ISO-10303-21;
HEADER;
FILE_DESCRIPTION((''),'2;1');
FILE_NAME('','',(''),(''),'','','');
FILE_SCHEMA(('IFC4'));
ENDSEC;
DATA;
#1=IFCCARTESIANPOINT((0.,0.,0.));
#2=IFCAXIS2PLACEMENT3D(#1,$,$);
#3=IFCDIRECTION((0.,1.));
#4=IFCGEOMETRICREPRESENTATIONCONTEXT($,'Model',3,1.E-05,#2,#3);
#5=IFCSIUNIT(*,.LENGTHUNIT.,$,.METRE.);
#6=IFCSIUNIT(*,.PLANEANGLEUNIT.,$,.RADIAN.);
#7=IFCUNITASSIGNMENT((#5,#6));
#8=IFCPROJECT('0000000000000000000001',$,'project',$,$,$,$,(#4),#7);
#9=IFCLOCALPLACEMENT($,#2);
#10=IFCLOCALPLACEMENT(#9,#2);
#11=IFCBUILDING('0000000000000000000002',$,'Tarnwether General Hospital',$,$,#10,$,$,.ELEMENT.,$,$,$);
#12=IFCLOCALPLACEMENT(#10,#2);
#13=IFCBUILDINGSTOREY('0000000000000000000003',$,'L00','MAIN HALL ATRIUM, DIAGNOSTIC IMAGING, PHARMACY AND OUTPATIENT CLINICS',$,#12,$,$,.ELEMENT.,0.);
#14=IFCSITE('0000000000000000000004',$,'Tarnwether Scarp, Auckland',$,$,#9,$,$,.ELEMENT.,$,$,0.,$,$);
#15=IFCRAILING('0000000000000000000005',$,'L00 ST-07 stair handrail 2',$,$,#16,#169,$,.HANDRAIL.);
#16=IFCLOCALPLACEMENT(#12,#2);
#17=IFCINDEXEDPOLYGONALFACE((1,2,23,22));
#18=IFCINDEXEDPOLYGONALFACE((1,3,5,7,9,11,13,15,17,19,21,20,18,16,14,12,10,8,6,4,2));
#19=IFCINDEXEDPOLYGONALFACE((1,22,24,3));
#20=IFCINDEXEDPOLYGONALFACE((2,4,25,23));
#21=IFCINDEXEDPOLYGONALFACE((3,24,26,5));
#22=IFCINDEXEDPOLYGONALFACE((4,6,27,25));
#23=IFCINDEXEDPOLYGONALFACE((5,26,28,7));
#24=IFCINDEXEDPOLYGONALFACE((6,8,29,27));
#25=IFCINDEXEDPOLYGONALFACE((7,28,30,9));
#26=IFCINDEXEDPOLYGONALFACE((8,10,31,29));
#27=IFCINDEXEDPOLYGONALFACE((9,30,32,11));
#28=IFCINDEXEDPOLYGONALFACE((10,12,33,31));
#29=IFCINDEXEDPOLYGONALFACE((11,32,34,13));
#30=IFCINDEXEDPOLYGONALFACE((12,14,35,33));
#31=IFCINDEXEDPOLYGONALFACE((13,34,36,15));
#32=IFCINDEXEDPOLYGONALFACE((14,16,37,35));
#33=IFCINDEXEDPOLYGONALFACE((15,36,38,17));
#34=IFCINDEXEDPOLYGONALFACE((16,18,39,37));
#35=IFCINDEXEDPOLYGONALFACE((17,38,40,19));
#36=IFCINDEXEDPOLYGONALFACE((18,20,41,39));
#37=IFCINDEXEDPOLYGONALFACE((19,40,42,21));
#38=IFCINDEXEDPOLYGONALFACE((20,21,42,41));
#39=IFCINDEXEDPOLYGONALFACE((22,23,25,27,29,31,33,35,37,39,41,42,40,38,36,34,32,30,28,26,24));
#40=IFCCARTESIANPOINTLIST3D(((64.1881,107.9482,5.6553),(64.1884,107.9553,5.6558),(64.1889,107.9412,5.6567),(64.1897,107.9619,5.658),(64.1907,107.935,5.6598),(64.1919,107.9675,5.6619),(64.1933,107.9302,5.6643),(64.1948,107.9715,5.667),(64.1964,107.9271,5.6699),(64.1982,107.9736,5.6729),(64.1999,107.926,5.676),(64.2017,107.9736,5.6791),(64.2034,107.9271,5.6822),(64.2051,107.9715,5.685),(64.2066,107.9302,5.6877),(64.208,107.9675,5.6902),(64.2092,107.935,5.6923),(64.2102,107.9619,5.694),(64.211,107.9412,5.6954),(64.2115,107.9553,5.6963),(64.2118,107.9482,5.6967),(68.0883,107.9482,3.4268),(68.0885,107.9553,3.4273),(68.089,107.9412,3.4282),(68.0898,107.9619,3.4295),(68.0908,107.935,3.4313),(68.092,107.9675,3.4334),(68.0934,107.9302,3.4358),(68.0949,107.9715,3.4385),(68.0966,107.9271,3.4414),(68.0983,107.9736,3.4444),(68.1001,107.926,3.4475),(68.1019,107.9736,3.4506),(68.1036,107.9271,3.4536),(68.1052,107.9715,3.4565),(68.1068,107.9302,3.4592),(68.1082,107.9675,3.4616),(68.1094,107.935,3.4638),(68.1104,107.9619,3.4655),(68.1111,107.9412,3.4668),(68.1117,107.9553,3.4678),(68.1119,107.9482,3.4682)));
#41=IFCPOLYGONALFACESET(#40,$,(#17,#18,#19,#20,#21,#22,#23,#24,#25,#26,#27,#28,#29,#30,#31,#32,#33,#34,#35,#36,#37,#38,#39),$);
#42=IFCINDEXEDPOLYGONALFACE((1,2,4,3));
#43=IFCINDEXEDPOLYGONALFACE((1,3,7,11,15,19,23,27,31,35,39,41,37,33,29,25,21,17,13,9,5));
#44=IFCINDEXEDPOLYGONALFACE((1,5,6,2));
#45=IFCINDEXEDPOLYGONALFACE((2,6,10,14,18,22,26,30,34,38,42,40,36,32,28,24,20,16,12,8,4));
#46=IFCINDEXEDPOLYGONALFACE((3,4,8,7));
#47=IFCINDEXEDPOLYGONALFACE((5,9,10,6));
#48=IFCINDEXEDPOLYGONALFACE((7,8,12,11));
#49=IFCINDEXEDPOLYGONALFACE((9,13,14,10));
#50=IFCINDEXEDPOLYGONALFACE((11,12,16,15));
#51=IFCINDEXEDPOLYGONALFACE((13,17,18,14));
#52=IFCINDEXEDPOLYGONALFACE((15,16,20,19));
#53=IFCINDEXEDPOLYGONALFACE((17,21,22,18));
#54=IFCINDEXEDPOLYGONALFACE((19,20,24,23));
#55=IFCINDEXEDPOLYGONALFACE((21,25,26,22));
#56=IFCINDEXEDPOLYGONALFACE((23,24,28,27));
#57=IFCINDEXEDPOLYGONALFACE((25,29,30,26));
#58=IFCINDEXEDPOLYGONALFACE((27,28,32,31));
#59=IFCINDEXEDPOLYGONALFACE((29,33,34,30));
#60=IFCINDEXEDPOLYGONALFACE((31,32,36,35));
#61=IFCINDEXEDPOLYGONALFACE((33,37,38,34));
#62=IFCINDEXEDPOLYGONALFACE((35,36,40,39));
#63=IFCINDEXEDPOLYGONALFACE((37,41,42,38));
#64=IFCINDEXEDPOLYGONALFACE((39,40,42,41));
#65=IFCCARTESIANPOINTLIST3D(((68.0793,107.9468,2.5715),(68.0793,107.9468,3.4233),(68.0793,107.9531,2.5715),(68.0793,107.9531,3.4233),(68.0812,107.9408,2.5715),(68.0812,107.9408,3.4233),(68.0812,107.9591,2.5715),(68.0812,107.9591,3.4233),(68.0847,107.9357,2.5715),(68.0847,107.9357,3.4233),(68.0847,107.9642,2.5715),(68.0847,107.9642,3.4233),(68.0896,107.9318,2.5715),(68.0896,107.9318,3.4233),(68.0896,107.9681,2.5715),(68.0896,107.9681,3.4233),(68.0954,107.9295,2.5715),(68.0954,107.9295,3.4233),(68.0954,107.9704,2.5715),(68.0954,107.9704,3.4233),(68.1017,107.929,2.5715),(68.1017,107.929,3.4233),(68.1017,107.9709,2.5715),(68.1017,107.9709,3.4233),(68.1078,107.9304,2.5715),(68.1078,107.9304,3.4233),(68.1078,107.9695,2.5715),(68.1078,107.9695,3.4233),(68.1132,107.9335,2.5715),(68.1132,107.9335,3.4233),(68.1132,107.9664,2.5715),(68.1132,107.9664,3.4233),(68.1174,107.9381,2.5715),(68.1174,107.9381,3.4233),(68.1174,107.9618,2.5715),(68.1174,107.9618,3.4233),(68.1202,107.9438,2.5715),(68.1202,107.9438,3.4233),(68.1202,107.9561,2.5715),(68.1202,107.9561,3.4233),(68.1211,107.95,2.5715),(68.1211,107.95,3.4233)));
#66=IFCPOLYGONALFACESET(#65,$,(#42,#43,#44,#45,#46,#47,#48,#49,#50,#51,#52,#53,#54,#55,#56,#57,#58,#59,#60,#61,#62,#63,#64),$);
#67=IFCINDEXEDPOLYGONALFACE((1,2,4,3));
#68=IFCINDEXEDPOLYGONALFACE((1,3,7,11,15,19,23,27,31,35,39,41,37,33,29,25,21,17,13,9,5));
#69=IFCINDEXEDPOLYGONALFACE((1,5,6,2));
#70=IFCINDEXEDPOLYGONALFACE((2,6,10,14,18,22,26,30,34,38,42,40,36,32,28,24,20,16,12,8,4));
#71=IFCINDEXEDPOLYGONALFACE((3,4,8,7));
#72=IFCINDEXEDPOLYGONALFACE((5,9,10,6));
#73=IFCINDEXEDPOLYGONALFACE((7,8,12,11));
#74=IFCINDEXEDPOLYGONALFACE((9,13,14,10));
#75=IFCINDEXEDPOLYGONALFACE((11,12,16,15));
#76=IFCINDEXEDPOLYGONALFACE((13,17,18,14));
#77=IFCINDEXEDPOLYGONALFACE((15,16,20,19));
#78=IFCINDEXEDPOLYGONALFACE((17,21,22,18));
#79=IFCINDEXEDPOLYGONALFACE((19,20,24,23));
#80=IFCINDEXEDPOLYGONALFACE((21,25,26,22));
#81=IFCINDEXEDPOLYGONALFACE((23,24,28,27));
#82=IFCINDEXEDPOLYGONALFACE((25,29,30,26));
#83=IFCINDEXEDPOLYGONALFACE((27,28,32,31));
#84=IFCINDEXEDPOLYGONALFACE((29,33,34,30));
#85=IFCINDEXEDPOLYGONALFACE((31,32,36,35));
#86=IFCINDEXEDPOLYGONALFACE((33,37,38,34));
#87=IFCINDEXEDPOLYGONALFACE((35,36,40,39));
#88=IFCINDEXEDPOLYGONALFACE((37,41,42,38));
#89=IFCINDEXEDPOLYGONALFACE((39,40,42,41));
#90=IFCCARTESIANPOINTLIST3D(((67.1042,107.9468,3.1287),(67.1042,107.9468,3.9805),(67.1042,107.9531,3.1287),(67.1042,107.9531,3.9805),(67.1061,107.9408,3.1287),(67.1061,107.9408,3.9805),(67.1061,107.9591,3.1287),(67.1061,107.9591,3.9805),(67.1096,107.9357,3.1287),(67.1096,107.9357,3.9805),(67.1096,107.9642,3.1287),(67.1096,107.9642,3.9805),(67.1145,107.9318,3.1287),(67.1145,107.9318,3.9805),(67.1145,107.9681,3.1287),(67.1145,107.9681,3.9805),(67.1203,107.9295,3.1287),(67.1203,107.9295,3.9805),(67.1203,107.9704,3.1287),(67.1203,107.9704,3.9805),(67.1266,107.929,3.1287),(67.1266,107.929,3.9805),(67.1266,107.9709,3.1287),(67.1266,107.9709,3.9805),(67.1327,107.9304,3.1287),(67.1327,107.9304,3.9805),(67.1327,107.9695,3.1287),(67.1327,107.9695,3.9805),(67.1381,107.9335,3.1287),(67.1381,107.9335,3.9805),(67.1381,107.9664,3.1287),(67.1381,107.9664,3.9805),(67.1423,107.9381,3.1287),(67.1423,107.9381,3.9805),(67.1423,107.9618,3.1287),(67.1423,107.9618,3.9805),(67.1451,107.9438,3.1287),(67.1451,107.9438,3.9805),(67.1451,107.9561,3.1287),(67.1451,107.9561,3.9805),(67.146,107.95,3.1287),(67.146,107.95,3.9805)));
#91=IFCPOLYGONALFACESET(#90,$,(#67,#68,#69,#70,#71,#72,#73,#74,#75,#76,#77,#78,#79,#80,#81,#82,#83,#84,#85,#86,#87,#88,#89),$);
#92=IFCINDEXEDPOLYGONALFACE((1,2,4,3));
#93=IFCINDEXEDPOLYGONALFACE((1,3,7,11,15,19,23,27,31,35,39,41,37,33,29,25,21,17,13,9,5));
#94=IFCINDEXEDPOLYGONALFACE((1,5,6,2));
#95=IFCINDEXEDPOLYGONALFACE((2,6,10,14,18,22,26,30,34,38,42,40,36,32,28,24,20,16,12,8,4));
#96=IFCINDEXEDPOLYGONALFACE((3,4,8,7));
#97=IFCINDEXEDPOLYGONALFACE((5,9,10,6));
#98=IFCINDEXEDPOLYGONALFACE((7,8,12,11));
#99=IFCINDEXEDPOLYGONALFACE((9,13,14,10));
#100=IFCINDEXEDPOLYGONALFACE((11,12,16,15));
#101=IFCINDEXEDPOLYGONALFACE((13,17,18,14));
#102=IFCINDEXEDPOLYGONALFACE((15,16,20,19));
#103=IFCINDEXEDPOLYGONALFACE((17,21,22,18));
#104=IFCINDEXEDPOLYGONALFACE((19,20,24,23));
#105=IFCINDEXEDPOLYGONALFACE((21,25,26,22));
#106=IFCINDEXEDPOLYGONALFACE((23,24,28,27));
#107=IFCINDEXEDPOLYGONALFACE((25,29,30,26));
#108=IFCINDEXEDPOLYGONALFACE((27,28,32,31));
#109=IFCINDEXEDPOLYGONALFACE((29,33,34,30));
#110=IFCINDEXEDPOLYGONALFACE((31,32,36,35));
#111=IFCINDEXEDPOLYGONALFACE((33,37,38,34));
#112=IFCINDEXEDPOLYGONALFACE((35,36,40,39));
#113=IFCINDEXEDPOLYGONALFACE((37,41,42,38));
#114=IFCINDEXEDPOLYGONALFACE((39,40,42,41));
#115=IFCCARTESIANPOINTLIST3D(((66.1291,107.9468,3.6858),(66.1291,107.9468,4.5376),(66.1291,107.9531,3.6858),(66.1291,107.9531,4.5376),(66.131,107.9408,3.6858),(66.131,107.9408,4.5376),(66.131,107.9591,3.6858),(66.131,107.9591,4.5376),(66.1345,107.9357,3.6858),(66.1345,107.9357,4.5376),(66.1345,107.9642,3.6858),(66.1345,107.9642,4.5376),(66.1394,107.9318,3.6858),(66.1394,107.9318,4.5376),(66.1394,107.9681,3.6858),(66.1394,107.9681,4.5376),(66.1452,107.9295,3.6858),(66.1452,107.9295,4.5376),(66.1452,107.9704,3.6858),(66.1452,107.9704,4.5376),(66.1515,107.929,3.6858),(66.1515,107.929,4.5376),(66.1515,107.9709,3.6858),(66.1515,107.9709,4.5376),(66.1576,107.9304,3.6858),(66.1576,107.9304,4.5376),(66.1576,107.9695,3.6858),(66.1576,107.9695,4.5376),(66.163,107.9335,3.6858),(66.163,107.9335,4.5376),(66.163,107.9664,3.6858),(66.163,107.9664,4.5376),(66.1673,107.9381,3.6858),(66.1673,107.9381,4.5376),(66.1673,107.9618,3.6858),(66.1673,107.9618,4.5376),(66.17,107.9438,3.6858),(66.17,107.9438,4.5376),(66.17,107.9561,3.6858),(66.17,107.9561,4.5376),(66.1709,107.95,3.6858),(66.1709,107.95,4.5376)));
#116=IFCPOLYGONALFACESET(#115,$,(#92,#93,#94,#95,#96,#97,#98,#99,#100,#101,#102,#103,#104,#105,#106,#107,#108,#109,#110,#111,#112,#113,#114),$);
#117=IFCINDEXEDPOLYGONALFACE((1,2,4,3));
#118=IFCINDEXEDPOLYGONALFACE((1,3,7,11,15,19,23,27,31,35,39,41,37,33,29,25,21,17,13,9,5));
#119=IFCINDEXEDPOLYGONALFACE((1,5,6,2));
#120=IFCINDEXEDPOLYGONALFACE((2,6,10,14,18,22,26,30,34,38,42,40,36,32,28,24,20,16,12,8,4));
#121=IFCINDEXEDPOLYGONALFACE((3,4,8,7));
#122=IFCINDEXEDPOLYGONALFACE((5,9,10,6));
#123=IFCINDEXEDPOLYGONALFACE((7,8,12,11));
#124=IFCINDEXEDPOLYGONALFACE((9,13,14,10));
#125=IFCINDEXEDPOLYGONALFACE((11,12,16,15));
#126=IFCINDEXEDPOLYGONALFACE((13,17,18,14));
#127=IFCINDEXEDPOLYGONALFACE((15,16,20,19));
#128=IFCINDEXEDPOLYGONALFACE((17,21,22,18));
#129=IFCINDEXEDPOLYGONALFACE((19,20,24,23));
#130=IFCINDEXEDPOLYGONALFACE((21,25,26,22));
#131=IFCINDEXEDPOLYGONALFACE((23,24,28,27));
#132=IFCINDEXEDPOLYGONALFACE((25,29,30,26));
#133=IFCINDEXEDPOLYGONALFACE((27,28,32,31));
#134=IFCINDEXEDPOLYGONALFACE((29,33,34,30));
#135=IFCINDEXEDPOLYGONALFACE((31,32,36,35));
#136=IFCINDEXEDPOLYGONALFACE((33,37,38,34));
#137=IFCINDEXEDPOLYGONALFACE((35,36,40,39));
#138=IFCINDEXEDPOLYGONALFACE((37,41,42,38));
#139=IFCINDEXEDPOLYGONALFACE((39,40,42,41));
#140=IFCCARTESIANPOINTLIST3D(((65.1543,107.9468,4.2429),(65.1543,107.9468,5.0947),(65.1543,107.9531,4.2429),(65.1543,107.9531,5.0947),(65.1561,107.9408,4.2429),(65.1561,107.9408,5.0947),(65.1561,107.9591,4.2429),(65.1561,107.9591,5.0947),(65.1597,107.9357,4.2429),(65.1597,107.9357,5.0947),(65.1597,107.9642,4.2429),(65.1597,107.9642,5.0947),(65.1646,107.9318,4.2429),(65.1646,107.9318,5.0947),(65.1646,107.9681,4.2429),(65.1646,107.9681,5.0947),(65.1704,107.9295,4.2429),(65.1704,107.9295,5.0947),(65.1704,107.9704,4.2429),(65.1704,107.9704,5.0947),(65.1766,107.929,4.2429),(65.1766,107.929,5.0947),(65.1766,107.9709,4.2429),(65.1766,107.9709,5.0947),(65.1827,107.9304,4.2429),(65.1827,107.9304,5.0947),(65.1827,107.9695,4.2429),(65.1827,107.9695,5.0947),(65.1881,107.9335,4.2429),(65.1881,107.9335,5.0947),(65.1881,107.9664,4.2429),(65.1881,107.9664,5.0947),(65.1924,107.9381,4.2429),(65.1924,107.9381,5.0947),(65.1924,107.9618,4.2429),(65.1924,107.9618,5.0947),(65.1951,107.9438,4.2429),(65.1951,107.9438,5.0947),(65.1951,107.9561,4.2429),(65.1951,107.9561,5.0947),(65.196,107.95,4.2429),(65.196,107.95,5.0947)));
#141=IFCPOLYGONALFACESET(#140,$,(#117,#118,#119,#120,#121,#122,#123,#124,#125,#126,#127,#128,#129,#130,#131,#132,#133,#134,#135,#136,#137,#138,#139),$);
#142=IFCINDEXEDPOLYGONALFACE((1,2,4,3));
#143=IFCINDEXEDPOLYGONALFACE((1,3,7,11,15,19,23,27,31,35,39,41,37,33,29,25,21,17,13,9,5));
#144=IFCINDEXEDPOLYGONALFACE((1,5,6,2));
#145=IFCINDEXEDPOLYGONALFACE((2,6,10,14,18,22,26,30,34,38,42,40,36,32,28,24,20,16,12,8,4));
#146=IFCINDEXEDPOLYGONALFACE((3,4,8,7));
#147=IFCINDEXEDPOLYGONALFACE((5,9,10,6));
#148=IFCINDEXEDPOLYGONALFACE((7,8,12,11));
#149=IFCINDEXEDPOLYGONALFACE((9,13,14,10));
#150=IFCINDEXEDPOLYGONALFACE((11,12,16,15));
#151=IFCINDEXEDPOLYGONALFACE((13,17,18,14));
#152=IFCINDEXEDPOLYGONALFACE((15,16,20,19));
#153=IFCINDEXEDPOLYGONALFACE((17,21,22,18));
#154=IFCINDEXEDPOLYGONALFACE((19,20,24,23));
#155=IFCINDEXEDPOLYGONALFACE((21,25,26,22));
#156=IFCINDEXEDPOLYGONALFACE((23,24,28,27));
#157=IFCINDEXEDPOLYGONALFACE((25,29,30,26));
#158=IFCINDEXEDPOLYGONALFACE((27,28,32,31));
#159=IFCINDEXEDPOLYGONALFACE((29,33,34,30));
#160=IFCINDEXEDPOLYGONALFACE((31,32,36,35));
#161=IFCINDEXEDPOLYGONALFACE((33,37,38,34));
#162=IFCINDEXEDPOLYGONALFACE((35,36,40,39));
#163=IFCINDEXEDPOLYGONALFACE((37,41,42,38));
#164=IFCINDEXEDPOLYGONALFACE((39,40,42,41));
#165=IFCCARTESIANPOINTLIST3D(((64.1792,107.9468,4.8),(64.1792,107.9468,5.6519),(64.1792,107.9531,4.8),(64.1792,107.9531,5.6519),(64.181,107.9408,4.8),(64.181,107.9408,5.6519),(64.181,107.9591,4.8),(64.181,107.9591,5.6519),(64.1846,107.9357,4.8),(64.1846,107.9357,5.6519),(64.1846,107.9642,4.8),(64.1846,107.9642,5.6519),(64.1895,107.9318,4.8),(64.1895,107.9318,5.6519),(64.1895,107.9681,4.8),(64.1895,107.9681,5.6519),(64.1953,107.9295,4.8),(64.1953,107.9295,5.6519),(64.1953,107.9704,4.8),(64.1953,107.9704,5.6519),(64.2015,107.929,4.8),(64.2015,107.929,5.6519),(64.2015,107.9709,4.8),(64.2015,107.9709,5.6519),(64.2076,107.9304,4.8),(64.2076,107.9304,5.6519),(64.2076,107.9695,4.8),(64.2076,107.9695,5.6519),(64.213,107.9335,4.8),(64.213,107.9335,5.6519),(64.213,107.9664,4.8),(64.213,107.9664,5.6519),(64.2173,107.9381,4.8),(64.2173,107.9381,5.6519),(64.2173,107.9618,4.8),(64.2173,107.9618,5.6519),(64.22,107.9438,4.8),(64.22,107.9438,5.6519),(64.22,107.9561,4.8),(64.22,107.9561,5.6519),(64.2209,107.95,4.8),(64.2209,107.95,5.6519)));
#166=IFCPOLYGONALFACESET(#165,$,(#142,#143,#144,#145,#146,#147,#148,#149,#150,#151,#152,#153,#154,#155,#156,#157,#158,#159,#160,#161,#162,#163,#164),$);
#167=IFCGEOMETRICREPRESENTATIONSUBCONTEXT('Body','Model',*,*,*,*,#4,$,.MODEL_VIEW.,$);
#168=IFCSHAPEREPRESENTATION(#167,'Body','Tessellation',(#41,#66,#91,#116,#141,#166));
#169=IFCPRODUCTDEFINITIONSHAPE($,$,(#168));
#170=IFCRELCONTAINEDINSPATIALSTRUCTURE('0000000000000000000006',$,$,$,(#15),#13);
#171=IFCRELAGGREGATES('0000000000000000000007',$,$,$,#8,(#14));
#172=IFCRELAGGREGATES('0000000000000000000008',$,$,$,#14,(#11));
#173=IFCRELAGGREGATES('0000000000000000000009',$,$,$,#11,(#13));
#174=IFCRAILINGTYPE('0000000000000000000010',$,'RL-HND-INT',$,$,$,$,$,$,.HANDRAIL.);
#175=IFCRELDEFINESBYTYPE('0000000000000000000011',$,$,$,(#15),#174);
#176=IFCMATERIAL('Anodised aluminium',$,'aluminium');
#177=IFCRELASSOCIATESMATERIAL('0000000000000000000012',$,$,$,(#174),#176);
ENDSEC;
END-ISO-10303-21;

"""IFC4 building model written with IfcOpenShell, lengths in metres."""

from ifc_helpers import new_model, si_unit, direction, frame, origin, origin_2d, place, context, subcontext, project, spatial, circle, extrude, material, type_object, element, save


model = new_model("IFC4")

# Units and contexts
model_context = context("Model", 3, precision=1e-05, world=origin(), true_north=direction((0.0, 1.0)))
body_context = subcontext(model_context, "Body", "Model", "MODEL_VIEW")
ifc_project = project(units=[si_unit("LENGTHUNIT", "METRE"), si_unit("PLANEANGLEUNIT", "RADIAN")], contexts=[model_context])

# Site, building, storey
site_placement = place(None, origin())
site = spatial("IfcSite", under=ifc_project, at=site_placement, Name="Tarnwether Scarp, Auckland", CompositionType="ELEMENT", RefElevation=0.0)
building_placement = place(site_placement, origin())
building = spatial("IfcBuilding", under=site, at=building_placement, Name="Tarnwether General Hospital", CompositionType="ELEMENT")
storey_placement = place(building_placement, origin())
storey = spatial("IfcBuildingStorey", under=building, at=storey_placement, Name="L00", Description="MAIN HALL ATRIUM, DIAGNOSTIC IMAGING, PHARMACY AND OUTPATIENT CLINICS", CompositionType="ELEMENT", Elevation=0.0)

# Railing
ifc_material_1 = material(Name="Anodised aluminium", Category="aluminium")
railing_type_1 = type_object("IfcRailingType", Name="RL-HND-INT", PredefinedType="HANDRAIL", material=ifc_material_1)
railing_1_placement = place(storey_placement, frame((68.1001, 107.95, 2.5715)))
element("IfcRailing", 1, at=railing_1_placement, inside=storey, type_object=railing_type_1, Name="L00 ST-07 stair handrail 2", PredefinedType="HANDRAIL", context=body_context, shape_type="SweptSolid", body=[
    extrude(circle(Radius=0.0239, at=origin_2d()), frame((0.0, 0.0, 0.876), z_axis=(-0.868257, 0.0, 0.496116), x_axis=(0.0, -1.0, 0.0)), (0.0, 0.0, 1.0), 4.4919),
    extrude(circle(Radius=0.021, at=origin_2d()), origin(), (0.0, 0.0, 1.0), 0.8518),
    extrude(circle(Radius=0.021, at=origin_2d()), frame((-0.9751, 0.0, 0.5571)), (0.0, 0.0, 1.0), 0.8518),
    extrude(circle(Radius=0.021, at=origin_2d()), frame((-1.9502, 0.0, 1.1143)), (0.0, 0.0, 1.0), 0.8518),
    extrude(circle(Radius=0.021, at=origin_2d()), frame((-2.925, 0.0, 1.6714)), (0.0, 0.0, 1.0), 0.8518),
    extrude(circle(Radius=0.021, at=origin_2d()), frame((-3.9001, 0.0, 2.2285)), (0.0, 0.0, 1.0), 0.8518),
])

save(model, "model.ifc")
